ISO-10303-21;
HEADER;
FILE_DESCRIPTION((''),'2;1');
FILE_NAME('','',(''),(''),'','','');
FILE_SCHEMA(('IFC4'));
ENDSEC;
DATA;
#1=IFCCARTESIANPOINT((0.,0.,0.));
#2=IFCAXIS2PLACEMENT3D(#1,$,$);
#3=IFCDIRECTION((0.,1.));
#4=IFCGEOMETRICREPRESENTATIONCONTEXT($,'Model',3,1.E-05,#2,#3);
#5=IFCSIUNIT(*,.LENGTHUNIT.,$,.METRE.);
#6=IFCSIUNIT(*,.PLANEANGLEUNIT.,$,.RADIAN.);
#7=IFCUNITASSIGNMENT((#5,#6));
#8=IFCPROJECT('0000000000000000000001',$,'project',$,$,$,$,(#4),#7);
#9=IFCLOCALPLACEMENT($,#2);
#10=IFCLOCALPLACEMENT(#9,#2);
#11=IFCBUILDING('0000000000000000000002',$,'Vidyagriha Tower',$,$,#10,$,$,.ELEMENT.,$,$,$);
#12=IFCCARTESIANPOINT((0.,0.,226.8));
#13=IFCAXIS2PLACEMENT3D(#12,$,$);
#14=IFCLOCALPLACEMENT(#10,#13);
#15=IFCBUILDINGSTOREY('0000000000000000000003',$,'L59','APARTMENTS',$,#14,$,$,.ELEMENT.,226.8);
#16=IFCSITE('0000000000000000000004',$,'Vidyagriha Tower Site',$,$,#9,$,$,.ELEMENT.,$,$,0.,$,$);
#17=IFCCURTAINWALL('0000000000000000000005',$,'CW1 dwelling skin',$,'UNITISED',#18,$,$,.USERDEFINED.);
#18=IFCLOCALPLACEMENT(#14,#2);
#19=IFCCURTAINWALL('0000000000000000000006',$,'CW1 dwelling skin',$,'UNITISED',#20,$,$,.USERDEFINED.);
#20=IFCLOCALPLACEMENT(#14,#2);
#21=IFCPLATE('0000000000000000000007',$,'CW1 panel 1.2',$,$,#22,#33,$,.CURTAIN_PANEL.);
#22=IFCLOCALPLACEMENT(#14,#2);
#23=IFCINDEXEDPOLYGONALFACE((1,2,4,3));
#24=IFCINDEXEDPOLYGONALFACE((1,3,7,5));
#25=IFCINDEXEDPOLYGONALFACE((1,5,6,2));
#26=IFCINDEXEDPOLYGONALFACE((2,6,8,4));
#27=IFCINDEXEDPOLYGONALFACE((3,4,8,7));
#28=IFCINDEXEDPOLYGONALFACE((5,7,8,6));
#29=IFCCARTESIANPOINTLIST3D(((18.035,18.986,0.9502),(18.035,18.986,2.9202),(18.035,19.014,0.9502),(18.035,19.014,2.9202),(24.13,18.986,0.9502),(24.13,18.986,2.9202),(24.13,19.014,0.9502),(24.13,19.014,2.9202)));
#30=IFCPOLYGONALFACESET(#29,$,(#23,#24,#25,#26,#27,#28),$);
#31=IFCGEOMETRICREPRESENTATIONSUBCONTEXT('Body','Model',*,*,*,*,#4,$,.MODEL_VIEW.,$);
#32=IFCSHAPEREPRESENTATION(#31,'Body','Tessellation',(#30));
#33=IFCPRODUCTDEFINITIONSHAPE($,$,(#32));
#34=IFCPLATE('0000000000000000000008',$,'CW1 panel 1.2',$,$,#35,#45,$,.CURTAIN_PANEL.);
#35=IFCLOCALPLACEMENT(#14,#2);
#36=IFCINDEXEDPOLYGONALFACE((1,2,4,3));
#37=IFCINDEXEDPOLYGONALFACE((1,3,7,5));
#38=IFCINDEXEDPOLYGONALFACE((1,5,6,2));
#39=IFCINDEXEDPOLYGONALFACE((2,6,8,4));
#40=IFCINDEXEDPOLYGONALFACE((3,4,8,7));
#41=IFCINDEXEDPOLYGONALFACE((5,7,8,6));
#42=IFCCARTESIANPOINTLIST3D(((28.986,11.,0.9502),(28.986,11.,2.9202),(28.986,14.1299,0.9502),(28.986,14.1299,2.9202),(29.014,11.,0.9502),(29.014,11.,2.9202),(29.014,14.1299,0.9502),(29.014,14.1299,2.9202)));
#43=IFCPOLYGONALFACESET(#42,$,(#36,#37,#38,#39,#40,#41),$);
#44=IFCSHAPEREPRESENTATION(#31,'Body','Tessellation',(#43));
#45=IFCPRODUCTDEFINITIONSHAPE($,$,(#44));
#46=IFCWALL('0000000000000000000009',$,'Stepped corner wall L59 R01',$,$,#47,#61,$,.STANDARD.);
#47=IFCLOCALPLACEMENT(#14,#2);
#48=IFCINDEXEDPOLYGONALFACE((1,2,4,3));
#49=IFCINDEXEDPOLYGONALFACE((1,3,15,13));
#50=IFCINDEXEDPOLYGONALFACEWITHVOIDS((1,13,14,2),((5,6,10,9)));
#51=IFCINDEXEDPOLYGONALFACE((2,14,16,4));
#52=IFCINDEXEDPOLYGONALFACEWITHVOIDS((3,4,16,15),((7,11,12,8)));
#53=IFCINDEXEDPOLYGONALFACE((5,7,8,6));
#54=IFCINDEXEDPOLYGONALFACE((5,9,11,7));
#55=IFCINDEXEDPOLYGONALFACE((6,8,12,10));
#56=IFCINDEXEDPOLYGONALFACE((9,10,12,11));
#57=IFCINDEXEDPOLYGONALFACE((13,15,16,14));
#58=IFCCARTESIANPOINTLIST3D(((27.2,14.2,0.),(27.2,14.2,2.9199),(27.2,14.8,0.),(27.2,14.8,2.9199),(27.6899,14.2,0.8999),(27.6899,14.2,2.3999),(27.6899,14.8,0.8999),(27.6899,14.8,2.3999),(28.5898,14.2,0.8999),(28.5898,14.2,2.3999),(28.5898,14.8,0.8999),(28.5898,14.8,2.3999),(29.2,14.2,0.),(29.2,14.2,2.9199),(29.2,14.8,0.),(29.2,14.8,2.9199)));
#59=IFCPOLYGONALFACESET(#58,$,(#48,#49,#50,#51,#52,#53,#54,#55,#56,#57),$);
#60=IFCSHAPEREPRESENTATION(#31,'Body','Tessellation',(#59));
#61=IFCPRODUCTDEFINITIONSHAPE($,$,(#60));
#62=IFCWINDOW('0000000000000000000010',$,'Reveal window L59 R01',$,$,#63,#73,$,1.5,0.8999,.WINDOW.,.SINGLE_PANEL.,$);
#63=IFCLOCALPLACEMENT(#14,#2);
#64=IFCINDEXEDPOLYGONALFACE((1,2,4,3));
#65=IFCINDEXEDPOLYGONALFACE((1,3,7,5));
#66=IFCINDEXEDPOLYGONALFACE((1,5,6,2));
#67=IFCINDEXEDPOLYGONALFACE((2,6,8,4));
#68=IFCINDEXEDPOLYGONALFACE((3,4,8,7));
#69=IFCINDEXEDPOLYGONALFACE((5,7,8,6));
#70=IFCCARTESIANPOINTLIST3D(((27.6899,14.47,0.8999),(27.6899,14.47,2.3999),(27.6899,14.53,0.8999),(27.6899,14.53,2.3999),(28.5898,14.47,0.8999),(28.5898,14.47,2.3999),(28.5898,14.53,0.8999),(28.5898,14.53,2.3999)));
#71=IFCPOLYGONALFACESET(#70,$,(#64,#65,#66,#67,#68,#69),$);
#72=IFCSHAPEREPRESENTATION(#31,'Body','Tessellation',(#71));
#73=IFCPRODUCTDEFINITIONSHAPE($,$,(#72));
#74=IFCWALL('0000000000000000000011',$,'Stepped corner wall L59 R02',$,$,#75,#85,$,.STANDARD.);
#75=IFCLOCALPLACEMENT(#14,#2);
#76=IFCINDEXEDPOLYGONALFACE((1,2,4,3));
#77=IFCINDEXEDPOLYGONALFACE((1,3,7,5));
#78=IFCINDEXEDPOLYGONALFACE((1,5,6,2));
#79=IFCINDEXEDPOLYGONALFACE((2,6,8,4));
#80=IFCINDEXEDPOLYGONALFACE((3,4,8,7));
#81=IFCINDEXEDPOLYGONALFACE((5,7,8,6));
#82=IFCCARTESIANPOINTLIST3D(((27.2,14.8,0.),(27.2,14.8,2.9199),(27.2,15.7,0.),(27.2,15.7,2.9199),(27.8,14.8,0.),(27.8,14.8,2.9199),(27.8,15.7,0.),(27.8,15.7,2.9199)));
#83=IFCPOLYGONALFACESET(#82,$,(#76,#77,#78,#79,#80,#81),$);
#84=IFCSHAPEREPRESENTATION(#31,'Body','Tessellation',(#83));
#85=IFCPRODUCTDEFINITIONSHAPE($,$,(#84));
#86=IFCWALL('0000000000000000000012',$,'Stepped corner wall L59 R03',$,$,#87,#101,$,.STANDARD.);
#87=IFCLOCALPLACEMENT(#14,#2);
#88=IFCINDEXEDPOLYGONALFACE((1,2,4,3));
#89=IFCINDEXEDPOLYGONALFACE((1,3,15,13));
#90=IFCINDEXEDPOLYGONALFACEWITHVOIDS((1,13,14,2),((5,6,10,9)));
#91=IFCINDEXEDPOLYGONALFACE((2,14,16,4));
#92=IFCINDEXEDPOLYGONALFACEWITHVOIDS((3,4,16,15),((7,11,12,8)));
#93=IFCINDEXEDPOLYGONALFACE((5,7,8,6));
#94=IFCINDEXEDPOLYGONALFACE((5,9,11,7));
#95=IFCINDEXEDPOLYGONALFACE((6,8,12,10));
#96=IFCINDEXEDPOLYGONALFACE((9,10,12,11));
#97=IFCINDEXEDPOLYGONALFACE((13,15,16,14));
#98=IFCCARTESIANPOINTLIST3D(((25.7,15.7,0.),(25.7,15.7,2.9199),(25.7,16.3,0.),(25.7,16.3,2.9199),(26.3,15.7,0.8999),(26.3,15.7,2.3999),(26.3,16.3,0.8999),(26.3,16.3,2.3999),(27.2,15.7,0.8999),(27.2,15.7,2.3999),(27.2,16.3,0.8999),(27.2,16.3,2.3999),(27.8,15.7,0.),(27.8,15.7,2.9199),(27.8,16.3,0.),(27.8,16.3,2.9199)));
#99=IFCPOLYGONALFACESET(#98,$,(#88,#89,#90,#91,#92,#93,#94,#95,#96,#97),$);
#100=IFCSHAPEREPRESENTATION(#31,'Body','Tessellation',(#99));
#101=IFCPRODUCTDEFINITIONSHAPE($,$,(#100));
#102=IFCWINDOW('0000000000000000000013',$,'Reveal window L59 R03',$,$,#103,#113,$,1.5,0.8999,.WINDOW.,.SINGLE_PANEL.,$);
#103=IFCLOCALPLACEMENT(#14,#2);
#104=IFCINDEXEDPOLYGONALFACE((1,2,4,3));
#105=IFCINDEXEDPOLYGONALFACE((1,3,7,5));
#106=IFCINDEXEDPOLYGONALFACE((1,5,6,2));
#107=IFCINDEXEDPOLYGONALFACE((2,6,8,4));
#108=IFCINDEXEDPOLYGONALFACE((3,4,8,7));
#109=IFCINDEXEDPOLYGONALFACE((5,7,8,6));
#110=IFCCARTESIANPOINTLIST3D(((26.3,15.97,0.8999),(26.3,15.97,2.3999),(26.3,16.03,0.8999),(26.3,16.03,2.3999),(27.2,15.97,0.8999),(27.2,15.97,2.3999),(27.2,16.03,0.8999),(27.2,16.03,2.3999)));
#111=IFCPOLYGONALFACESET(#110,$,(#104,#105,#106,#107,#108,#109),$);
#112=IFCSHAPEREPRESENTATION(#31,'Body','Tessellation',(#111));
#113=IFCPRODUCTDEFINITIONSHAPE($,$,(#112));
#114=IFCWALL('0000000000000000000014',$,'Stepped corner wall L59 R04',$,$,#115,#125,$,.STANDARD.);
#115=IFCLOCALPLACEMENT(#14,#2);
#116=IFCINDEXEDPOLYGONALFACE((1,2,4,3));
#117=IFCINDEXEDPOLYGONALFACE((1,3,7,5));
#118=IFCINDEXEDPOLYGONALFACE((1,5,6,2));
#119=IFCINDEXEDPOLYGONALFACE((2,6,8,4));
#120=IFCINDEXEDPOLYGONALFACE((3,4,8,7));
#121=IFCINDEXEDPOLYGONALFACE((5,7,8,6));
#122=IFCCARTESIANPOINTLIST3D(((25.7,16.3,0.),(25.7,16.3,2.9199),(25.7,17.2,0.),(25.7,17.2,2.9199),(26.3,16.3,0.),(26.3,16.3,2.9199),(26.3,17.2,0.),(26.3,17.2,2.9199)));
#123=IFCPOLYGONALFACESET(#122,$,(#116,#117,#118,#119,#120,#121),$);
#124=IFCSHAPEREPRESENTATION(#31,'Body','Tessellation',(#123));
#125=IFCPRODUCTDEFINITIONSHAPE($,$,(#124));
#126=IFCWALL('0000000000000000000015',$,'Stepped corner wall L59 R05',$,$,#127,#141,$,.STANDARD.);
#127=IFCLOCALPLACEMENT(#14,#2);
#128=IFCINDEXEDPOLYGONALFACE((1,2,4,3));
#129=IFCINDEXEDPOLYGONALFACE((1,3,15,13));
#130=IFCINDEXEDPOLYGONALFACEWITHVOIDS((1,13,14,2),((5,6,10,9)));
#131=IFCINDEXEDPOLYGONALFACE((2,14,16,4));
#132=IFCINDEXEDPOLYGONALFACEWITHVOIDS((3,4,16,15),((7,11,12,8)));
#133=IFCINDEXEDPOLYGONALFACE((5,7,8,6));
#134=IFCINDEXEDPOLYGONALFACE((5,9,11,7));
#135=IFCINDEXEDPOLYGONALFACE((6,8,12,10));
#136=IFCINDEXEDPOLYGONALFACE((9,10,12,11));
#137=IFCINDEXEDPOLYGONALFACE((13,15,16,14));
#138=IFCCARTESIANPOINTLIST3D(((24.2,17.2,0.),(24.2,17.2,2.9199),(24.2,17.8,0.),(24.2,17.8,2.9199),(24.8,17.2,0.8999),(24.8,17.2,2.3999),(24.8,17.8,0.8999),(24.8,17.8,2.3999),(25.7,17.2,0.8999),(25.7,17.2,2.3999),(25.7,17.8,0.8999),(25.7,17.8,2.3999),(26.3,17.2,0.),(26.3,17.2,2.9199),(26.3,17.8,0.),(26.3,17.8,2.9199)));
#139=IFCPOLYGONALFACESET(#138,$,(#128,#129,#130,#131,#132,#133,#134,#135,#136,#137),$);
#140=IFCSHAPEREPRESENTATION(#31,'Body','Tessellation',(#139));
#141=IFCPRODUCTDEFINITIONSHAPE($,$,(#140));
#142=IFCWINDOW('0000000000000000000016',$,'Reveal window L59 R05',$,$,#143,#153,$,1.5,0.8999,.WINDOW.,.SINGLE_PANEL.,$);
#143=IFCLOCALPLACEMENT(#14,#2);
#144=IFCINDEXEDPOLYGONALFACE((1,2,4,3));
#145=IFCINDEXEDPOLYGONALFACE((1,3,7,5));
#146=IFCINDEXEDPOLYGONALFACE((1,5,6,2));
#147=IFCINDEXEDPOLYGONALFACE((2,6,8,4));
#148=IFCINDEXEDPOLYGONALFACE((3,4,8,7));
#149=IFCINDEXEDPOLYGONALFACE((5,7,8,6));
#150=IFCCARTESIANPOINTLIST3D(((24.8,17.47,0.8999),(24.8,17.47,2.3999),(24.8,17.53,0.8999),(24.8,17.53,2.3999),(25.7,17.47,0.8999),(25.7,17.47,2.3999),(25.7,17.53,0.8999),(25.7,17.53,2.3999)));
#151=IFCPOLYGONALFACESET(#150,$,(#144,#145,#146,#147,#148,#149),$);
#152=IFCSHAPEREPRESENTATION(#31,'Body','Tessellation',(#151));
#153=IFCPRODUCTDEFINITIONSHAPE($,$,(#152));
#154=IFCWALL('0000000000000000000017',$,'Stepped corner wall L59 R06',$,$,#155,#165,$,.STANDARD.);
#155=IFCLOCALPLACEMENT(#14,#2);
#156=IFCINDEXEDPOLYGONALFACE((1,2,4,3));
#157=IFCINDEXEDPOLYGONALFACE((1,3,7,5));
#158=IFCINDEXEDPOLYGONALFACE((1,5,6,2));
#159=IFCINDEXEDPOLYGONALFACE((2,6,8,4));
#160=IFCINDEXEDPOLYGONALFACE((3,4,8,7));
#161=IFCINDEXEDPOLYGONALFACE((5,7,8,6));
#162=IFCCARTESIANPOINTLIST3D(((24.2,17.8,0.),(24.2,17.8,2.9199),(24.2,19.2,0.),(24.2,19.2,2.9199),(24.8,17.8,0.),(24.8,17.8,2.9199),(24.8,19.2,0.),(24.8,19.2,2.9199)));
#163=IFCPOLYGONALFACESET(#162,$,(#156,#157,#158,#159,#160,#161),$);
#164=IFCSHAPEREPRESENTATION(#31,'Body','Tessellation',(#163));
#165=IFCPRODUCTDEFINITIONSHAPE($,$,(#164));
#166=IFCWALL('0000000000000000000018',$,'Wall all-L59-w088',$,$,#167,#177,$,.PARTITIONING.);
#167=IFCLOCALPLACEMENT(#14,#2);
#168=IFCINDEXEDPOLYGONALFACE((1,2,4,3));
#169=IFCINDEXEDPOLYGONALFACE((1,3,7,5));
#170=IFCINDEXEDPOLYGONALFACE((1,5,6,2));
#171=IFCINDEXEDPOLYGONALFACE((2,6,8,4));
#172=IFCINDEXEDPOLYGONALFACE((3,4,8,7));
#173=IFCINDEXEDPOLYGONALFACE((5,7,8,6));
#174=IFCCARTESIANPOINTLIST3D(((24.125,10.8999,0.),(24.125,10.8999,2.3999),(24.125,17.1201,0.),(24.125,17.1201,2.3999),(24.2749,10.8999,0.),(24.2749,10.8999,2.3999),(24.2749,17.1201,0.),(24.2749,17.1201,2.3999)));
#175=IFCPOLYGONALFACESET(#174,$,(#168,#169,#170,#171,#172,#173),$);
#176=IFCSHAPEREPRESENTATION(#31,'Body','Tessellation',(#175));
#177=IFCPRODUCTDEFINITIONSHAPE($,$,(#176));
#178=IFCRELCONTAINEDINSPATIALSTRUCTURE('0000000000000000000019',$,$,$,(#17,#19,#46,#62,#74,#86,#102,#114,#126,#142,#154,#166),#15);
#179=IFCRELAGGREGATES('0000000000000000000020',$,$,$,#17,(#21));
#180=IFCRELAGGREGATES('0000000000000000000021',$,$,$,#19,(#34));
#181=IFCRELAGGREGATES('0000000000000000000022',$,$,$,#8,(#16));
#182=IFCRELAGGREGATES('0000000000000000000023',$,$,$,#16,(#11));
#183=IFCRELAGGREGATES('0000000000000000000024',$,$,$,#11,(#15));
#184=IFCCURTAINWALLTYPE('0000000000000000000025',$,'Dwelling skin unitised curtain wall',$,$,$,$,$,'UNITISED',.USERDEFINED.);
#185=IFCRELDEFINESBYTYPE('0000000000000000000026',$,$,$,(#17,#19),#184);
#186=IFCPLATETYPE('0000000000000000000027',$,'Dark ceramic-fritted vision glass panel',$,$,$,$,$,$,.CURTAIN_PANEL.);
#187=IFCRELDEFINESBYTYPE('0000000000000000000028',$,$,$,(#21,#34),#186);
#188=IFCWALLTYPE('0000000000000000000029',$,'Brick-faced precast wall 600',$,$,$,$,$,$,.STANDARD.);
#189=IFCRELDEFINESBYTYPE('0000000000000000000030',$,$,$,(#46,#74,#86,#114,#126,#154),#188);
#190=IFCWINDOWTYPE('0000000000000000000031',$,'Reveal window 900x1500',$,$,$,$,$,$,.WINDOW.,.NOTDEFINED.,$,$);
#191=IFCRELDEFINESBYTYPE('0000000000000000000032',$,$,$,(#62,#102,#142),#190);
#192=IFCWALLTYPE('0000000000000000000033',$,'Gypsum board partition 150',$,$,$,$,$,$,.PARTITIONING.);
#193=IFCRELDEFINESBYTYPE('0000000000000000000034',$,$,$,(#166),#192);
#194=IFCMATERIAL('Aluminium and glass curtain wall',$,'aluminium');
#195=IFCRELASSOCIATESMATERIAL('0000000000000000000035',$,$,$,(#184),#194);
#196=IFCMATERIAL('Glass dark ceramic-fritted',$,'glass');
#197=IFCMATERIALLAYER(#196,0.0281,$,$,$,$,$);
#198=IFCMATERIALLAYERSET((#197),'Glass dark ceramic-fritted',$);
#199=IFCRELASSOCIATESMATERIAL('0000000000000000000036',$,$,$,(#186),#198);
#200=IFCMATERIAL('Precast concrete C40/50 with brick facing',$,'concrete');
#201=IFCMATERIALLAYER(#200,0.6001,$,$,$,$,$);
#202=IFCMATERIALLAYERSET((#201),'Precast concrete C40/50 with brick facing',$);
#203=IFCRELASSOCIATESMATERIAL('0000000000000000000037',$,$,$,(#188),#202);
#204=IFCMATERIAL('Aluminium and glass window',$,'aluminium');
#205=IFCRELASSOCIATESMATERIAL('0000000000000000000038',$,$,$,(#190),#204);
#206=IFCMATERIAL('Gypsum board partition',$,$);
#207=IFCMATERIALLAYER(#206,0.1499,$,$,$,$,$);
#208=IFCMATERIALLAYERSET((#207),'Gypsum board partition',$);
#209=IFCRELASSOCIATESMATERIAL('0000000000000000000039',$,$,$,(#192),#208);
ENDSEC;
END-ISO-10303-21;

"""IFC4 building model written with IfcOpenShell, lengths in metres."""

from ifc_helpers import new_model, si_unit, direction, frame, frame_2d, origin, origin_2d, place, context, subcontext, project, spatial, rectangle, extrude, material, layer, layer_set, type_object, element, fill, aggregate, save


model = new_model("IFC4")

# Units and contexts
model_context = context("Model", 3, precision=1e-05, world=origin(), true_north=direction((0.0, 1.0)))
body_context = subcontext(model_context, "Body", "Model", "MODEL_VIEW")
ifc_project = project(units=[si_unit("LENGTHUNIT", "METRE"), si_unit("PLANEANGLEUNIT", "RADIAN")], contexts=[model_context])

# Site, building, storey
site_placement = place(None, origin())
site = spatial("IfcSite", under=ifc_project, at=site_placement, Name="Vidyagriha Tower Site", CompositionType="ELEMENT", RefElevation=0.0)
building_placement = place(site_placement, origin())
building = spatial("IfcBuilding", under=site, at=building_placement, Name="Vidyagriha Tower", CompositionType="ELEMENT")
storey_placement = place(building_placement, frame((0.0, 0.0, 226.8)))
storey = spatial("IfcBuildingStorey", under=building, at=storey_placement, Name="L59", Description="APARTMENTS", CompositionType="ELEMENT", Elevation=226.8)

# Curtain wall
ifc_material_1 = material(Name="Aluminium and glass curtain wall", Category="aluminium")
curtain_wall_type = type_object("IfcCurtainWallType", Name="Dwelling skin unitised curtain wall", ElementType="UNITISED", PredefinedType="USERDEFINED", material=ifc_material_1)
curtain_wall_1_placement = place(storey_placement, origin())
curtain_wall_1 = element("IfcCurtainWall", 1, at=curtain_wall_1_placement, inside=storey, type_object=curtain_wall_type, Name="CW1 dwelling skin", ObjectType="UNITISED", PredefinedType="USERDEFINED")

# Curtain wall
curtain_wall_2_placement = place(storey_placement, origin())
curtain_wall_2 = element("IfcCurtainWall", 2, at=curtain_wall_2_placement, inside=storey, type_object=curtain_wall_type, Name="CW1 dwelling skin", ObjectType="UNITISED", PredefinedType="USERDEFINED")

# Plates
ifc_material_2 = material(Name="Glass dark ceramic-fritted", Category="glass")
ifc_layer_1 = layer(ifc_material_2, 0.0281)
ifc_layer_set_1 = layer_set([ifc_layer_1], Name="Glass dark ceramic-fritted")
plate_type_1 = type_object("IfcPlateType", Name="Dark ceramic-fritted vision glass panel", PredefinedType="CURTAIN_PANEL", material=ifc_layer_set_1)
plate_1_placement = place(storey_placement, frame((21.0825, 19.0, 0.9502), z_axis=(0.0, 0.0, 1.0), x_axis=(-1.0, 0.0, 0.0)))
plate_1 = element("IfcPlate", 3, at=plate_1_placement, type_object=plate_type_1, Name="CW1 panel 1.2", PredefinedType="CURTAIN_PANEL", context=body_context, shape_type="SweptSolid", body=[
    extrude(rectangle(XDim=6.095, YDim=0.0281, at=origin_2d()), origin(), (0.0, 0.0, 1.0), 1.97),
])
aggregate(curtain_wall_1, [plate_1])
plate_2_placement = place(storey_placement, frame((29.0, 12.5649, 0.9502), z_axis=(0.0, 0.0, 1.0), x_axis=(0.0, 1.0, 0.0)))
plate_2 = element("IfcPlate", 4, at=plate_2_placement, type_object=plate_type_1, Name="CW1 panel 1.2", PredefinedType="CURTAIN_PANEL", context=body_context, shape_type="SweptSolid", body=[
    extrude(rectangle(XDim=3.1299, YDim=0.0281, at=origin_2d()), origin(), (0.0, 0.0, 1.0), 1.97),
])
aggregate(curtain_wall_2, [plate_2])

# Wall, opening, window
ifc_material_3 = material(Name="Precast concrete C40/50 with brick facing", Category="concrete")
ifc_layer_2 = layer(ifc_material_3, 0.6001)
ifc_layer_set_2 = layer_set([ifc_layer_2], Name="Precast concrete C40/50 with brick facing")
wall_type_1 = type_object("IfcWallType", Name="Brick-faced precast wall 600", PredefinedType="STANDARD", material=ifc_layer_set_2)
wall_1_placement = place(storey_placement, frame((29.2, 14.5, 0.0), z_axis=(0.0, 0.0, 1.0), x_axis=(-1.0, 0.0, 0.0)))
wall_1 = element("IfcWall", 5, at=wall_1_placement, inside=storey, type_object=wall_type_1, Name="Stepped corner wall L59 R01", PredefinedType="STANDARD", context=body_context, shape_type="SweptSolid", body=[
    extrude(rectangle(XDim=2.0, YDim=0.6001, at=frame_2d((1.0, 0.0))), origin(), (0.0, 0.0, 1.0), 2.9199),
])
opening_1_placement = place(wall_1_placement, frame((0.6101, 0.0, 0.8999)))
opening_1 = element("IfcOpeningElement", 6, at=opening_1_placement, cuts=wall_1, PredefinedType="OPENING", context=body_context, shape_type="SweptSolid", body=[
    extrude(rectangle(XDim=0.8999, YDim=1.5, at=frame_2d((0.45, 0.75))), frame((0.0, 0.3101, 0.0), z_axis=(0.0, -1.0, 0.0), x_axis=(1.0, 0.0, 0.0)), (0.0, 0.0, 1.0), 0.6201),
])
ifc_material_4 = material(Name="Aluminium and glass window", Category="aluminium")
window_type = type_object("IfcWindowType", Name="Reveal window 900x1500", PartitioningType="NOTDEFINED", PredefinedType="WINDOW", material=ifc_material_4)
window_1_placement = place(opening_1_placement, origin())
window_1 = element("IfcWindow", 7, at=window_1_placement, inside=storey, type_object=window_type, Name="Reveal window L59 R01", OverallHeight=1.5, OverallWidth=0.8999, PartitioningType="SINGLE_PANEL", PredefinedType="WINDOW", context=body_context, shape_type="SweptSolid", body=[
    extrude(rectangle(XDim=0.8999, YDim=1.5, at=frame_2d((0.45, 0.75))), frame((0.0, 0.03, 0.0), z_axis=(0.0, -1.0, 0.0), x_axis=(1.0, 0.0, 0.0)), (0.0, 0.0, 1.0), 0.0601),
])
fill(opening_1, window_1)

# Wall
wall_2_placement = place(storey_placement, frame((27.5, 14.8, 0.0), z_axis=(0.0, 0.0, 1.0), x_axis=(0.0, 1.0, 0.0)))
element("IfcWall", 8, at=wall_2_placement, inside=storey, type_object=wall_type_1, Name="Stepped corner wall L59 R02", PredefinedType="STANDARD", context=body_context, shape_type="SweptSolid", body=[
    extrude(rectangle(XDim=0.8999, YDim=0.6001, at=frame_2d((0.45, 0.0))), origin(), (0.0, 0.0, 1.0), 2.9199),
])

# Wall, opening, window
wall_3_placement = place(storey_placement, frame((27.8, 16.0, 0.0), z_axis=(0.0, 0.0, 1.0), x_axis=(-1.0, 0.0, 0.0)))
wall_3 = element("IfcWall", 9, at=wall_3_placement, inside=storey, type_object=wall_type_1, Name="Stepped corner wall L59 R03", PredefinedType="STANDARD", context=body_context, shape_type="SweptSolid", body=[
    extrude(rectangle(XDim=2.1001, YDim=0.6001, at=frame_2d((1.05, 0.0))), origin(), (0.0, 0.0, 1.0), 2.9199),
])
opening_2_placement = place(wall_3_placement, frame((0.6001, 0.0, 0.8999)))
opening_2 = element("IfcOpeningElement", 10, at=opening_2_placement, cuts=wall_3, PredefinedType="OPENING", context=body_context, shape_type="SweptSolid", body=[
    extrude(rectangle(XDim=0.8999, YDim=1.5, at=frame_2d((0.45, 0.75))), frame((0.0, 0.3101, 0.0), z_axis=(0.0, -1.0, 0.0), x_axis=(1.0, 0.0, 0.0)), (0.0, 0.0, 1.0), 0.6201),
])
window_2_placement = place(opening_2_placement, origin())
window_2 = element("IfcWindow", 11, at=window_2_placement, inside=storey, type_object=window_type, Name="Reveal window L59 R03", OverallHeight=1.5, OverallWidth=0.8999, PartitioningType="SINGLE_PANEL", PredefinedType="WINDOW", context=body_context, shape_type="SweptSolid", body=[
    extrude(rectangle(XDim=0.8999, YDim=1.5, at=frame_2d((0.45, 0.75))), frame((0.0, 0.03, 0.0), z_axis=(0.0, -1.0, 0.0), x_axis=(1.0, 0.0, 0.0)), (0.0, 0.0, 1.0), 0.0601),
])
fill(opening_2, window_2)

# Wall
wall_4_placement = place(storey_placement, frame((26.0, 16.3, 0.0), z_axis=(0.0, 0.0, 1.0), x_axis=(0.0, 1.0, 0.0)))
element("IfcWall", 12, at=wall_4_placement, inside=storey, type_object=wall_type_1, Name="Stepped corner wall L59 R04", PredefinedType="STANDARD", context=body_context, shape_type="SweptSolid", body=[
    extrude(rectangle(XDim=0.8999, YDim=0.6001, at=frame_2d((0.45, 0.0))), origin(), (0.0, 0.0, 1.0), 2.9199),
])

# Wall, opening, window
wall_5_placement = place(storey_placement, frame((26.3, 17.5, 0.0), z_axis=(0.0, 0.0, 1.0), x_axis=(-1.0, 0.0, 0.0)))
wall_5 = element("IfcWall", 13, at=wall_5_placement, inside=storey, type_object=wall_type_1, Name="Stepped corner wall L59 R05", PredefinedType="STANDARD", context=body_context, shape_type="SweptSolid", body=[
    extrude(rectangle(XDim=2.1001, YDim=0.6001, at=frame_2d((1.05, 0.0))), origin(), (0.0, 0.0, 1.0), 2.9199),
])
opening_3_placement = place(wall_5_placement, frame((0.6001, 0.0, 0.8999)))
opening_3 = element("IfcOpeningElement", 14, at=opening_3_placement, cuts=wall_5, PredefinedType="OPENING", context=body_context, shape_type="SweptSolid", body=[
    extrude(rectangle(XDim=0.8999, YDim=1.5, at=frame_2d((0.45, 0.75))), frame((0.0, 0.3101, 0.0), z_axis=(0.0, -1.0, 0.0), x_axis=(1.0, 0.0, 0.0)), (0.0, 0.0, 1.0), 0.6201),
])
window_3_placement = place(opening_3_placement, origin())
window_3 = element("IfcWindow", 15, at=window_3_placement, inside=storey, type_object=window_type, Name="Reveal window L59 R05", OverallHeight=1.5, OverallWidth=0.8999, PartitioningType="SINGLE_PANEL", PredefinedType="WINDOW", context=body_context, shape_type="SweptSolid", body=[
    extrude(rectangle(XDim=0.8999, YDim=1.5, at=frame_2d((0.45, 0.75))), frame((0.0, 0.03, 0.0), z_axis=(0.0, -1.0, 0.0), x_axis=(1.0, 0.0, 0.0)), (0.0, 0.0, 1.0), 0.0601),
])
fill(opening_3, window_3)

# Walls
wall_6_placement = place(storey_placement, frame((24.5, 17.8, 0.0), z_axis=(0.0, 0.0, 1.0), x_axis=(0.0, 1.0, 0.0)))
element("IfcWall", 16, at=wall_6_placement, inside=storey, type_object=wall_type_1, Name="Stepped corner wall L59 R06", PredefinedType="STANDARD", context=body_context, shape_type="SweptSolid", body=[
    extrude(rectangle(XDim=1.3999, YDim=0.6001, at=frame_2d((0.7, 0.0))), origin(), (0.0, 0.0, 1.0), 2.9199),
])
ifc_material_5 = material(Name="Gypsum board partition")
ifc_layer_3 = layer(ifc_material_5, 0.1499)
ifc_layer_set_3 = layer_set([ifc_layer_3], Name="Gypsum board partition")
wall_type_2 = type_object("IfcWallType", Name="Gypsum board partition 150", PredefinedType="PARTITIONING", material=ifc_layer_set_3)
wall_7_placement = place(storey_placement, frame((24.2, 17.1201, 0.0), z_axis=(0.0, 0.0, 1.0), x_axis=(0.0, -1.0, 0.0)))
element("IfcWall", 17, at=wall_7_placement, inside=storey, type_object=wall_type_2, Name="Wall all-L59-w088", PredefinedType="PARTITIONING", context=body_context, shape_type="SweptSolid", body=[
    extrude(rectangle(XDim=6.2202, YDim=0.1499, at=frame_2d((3.1101, 0.0))), origin(), (0.0, 0.0, 1.0), 2.3999),
])

save(model, "model.ifc")
